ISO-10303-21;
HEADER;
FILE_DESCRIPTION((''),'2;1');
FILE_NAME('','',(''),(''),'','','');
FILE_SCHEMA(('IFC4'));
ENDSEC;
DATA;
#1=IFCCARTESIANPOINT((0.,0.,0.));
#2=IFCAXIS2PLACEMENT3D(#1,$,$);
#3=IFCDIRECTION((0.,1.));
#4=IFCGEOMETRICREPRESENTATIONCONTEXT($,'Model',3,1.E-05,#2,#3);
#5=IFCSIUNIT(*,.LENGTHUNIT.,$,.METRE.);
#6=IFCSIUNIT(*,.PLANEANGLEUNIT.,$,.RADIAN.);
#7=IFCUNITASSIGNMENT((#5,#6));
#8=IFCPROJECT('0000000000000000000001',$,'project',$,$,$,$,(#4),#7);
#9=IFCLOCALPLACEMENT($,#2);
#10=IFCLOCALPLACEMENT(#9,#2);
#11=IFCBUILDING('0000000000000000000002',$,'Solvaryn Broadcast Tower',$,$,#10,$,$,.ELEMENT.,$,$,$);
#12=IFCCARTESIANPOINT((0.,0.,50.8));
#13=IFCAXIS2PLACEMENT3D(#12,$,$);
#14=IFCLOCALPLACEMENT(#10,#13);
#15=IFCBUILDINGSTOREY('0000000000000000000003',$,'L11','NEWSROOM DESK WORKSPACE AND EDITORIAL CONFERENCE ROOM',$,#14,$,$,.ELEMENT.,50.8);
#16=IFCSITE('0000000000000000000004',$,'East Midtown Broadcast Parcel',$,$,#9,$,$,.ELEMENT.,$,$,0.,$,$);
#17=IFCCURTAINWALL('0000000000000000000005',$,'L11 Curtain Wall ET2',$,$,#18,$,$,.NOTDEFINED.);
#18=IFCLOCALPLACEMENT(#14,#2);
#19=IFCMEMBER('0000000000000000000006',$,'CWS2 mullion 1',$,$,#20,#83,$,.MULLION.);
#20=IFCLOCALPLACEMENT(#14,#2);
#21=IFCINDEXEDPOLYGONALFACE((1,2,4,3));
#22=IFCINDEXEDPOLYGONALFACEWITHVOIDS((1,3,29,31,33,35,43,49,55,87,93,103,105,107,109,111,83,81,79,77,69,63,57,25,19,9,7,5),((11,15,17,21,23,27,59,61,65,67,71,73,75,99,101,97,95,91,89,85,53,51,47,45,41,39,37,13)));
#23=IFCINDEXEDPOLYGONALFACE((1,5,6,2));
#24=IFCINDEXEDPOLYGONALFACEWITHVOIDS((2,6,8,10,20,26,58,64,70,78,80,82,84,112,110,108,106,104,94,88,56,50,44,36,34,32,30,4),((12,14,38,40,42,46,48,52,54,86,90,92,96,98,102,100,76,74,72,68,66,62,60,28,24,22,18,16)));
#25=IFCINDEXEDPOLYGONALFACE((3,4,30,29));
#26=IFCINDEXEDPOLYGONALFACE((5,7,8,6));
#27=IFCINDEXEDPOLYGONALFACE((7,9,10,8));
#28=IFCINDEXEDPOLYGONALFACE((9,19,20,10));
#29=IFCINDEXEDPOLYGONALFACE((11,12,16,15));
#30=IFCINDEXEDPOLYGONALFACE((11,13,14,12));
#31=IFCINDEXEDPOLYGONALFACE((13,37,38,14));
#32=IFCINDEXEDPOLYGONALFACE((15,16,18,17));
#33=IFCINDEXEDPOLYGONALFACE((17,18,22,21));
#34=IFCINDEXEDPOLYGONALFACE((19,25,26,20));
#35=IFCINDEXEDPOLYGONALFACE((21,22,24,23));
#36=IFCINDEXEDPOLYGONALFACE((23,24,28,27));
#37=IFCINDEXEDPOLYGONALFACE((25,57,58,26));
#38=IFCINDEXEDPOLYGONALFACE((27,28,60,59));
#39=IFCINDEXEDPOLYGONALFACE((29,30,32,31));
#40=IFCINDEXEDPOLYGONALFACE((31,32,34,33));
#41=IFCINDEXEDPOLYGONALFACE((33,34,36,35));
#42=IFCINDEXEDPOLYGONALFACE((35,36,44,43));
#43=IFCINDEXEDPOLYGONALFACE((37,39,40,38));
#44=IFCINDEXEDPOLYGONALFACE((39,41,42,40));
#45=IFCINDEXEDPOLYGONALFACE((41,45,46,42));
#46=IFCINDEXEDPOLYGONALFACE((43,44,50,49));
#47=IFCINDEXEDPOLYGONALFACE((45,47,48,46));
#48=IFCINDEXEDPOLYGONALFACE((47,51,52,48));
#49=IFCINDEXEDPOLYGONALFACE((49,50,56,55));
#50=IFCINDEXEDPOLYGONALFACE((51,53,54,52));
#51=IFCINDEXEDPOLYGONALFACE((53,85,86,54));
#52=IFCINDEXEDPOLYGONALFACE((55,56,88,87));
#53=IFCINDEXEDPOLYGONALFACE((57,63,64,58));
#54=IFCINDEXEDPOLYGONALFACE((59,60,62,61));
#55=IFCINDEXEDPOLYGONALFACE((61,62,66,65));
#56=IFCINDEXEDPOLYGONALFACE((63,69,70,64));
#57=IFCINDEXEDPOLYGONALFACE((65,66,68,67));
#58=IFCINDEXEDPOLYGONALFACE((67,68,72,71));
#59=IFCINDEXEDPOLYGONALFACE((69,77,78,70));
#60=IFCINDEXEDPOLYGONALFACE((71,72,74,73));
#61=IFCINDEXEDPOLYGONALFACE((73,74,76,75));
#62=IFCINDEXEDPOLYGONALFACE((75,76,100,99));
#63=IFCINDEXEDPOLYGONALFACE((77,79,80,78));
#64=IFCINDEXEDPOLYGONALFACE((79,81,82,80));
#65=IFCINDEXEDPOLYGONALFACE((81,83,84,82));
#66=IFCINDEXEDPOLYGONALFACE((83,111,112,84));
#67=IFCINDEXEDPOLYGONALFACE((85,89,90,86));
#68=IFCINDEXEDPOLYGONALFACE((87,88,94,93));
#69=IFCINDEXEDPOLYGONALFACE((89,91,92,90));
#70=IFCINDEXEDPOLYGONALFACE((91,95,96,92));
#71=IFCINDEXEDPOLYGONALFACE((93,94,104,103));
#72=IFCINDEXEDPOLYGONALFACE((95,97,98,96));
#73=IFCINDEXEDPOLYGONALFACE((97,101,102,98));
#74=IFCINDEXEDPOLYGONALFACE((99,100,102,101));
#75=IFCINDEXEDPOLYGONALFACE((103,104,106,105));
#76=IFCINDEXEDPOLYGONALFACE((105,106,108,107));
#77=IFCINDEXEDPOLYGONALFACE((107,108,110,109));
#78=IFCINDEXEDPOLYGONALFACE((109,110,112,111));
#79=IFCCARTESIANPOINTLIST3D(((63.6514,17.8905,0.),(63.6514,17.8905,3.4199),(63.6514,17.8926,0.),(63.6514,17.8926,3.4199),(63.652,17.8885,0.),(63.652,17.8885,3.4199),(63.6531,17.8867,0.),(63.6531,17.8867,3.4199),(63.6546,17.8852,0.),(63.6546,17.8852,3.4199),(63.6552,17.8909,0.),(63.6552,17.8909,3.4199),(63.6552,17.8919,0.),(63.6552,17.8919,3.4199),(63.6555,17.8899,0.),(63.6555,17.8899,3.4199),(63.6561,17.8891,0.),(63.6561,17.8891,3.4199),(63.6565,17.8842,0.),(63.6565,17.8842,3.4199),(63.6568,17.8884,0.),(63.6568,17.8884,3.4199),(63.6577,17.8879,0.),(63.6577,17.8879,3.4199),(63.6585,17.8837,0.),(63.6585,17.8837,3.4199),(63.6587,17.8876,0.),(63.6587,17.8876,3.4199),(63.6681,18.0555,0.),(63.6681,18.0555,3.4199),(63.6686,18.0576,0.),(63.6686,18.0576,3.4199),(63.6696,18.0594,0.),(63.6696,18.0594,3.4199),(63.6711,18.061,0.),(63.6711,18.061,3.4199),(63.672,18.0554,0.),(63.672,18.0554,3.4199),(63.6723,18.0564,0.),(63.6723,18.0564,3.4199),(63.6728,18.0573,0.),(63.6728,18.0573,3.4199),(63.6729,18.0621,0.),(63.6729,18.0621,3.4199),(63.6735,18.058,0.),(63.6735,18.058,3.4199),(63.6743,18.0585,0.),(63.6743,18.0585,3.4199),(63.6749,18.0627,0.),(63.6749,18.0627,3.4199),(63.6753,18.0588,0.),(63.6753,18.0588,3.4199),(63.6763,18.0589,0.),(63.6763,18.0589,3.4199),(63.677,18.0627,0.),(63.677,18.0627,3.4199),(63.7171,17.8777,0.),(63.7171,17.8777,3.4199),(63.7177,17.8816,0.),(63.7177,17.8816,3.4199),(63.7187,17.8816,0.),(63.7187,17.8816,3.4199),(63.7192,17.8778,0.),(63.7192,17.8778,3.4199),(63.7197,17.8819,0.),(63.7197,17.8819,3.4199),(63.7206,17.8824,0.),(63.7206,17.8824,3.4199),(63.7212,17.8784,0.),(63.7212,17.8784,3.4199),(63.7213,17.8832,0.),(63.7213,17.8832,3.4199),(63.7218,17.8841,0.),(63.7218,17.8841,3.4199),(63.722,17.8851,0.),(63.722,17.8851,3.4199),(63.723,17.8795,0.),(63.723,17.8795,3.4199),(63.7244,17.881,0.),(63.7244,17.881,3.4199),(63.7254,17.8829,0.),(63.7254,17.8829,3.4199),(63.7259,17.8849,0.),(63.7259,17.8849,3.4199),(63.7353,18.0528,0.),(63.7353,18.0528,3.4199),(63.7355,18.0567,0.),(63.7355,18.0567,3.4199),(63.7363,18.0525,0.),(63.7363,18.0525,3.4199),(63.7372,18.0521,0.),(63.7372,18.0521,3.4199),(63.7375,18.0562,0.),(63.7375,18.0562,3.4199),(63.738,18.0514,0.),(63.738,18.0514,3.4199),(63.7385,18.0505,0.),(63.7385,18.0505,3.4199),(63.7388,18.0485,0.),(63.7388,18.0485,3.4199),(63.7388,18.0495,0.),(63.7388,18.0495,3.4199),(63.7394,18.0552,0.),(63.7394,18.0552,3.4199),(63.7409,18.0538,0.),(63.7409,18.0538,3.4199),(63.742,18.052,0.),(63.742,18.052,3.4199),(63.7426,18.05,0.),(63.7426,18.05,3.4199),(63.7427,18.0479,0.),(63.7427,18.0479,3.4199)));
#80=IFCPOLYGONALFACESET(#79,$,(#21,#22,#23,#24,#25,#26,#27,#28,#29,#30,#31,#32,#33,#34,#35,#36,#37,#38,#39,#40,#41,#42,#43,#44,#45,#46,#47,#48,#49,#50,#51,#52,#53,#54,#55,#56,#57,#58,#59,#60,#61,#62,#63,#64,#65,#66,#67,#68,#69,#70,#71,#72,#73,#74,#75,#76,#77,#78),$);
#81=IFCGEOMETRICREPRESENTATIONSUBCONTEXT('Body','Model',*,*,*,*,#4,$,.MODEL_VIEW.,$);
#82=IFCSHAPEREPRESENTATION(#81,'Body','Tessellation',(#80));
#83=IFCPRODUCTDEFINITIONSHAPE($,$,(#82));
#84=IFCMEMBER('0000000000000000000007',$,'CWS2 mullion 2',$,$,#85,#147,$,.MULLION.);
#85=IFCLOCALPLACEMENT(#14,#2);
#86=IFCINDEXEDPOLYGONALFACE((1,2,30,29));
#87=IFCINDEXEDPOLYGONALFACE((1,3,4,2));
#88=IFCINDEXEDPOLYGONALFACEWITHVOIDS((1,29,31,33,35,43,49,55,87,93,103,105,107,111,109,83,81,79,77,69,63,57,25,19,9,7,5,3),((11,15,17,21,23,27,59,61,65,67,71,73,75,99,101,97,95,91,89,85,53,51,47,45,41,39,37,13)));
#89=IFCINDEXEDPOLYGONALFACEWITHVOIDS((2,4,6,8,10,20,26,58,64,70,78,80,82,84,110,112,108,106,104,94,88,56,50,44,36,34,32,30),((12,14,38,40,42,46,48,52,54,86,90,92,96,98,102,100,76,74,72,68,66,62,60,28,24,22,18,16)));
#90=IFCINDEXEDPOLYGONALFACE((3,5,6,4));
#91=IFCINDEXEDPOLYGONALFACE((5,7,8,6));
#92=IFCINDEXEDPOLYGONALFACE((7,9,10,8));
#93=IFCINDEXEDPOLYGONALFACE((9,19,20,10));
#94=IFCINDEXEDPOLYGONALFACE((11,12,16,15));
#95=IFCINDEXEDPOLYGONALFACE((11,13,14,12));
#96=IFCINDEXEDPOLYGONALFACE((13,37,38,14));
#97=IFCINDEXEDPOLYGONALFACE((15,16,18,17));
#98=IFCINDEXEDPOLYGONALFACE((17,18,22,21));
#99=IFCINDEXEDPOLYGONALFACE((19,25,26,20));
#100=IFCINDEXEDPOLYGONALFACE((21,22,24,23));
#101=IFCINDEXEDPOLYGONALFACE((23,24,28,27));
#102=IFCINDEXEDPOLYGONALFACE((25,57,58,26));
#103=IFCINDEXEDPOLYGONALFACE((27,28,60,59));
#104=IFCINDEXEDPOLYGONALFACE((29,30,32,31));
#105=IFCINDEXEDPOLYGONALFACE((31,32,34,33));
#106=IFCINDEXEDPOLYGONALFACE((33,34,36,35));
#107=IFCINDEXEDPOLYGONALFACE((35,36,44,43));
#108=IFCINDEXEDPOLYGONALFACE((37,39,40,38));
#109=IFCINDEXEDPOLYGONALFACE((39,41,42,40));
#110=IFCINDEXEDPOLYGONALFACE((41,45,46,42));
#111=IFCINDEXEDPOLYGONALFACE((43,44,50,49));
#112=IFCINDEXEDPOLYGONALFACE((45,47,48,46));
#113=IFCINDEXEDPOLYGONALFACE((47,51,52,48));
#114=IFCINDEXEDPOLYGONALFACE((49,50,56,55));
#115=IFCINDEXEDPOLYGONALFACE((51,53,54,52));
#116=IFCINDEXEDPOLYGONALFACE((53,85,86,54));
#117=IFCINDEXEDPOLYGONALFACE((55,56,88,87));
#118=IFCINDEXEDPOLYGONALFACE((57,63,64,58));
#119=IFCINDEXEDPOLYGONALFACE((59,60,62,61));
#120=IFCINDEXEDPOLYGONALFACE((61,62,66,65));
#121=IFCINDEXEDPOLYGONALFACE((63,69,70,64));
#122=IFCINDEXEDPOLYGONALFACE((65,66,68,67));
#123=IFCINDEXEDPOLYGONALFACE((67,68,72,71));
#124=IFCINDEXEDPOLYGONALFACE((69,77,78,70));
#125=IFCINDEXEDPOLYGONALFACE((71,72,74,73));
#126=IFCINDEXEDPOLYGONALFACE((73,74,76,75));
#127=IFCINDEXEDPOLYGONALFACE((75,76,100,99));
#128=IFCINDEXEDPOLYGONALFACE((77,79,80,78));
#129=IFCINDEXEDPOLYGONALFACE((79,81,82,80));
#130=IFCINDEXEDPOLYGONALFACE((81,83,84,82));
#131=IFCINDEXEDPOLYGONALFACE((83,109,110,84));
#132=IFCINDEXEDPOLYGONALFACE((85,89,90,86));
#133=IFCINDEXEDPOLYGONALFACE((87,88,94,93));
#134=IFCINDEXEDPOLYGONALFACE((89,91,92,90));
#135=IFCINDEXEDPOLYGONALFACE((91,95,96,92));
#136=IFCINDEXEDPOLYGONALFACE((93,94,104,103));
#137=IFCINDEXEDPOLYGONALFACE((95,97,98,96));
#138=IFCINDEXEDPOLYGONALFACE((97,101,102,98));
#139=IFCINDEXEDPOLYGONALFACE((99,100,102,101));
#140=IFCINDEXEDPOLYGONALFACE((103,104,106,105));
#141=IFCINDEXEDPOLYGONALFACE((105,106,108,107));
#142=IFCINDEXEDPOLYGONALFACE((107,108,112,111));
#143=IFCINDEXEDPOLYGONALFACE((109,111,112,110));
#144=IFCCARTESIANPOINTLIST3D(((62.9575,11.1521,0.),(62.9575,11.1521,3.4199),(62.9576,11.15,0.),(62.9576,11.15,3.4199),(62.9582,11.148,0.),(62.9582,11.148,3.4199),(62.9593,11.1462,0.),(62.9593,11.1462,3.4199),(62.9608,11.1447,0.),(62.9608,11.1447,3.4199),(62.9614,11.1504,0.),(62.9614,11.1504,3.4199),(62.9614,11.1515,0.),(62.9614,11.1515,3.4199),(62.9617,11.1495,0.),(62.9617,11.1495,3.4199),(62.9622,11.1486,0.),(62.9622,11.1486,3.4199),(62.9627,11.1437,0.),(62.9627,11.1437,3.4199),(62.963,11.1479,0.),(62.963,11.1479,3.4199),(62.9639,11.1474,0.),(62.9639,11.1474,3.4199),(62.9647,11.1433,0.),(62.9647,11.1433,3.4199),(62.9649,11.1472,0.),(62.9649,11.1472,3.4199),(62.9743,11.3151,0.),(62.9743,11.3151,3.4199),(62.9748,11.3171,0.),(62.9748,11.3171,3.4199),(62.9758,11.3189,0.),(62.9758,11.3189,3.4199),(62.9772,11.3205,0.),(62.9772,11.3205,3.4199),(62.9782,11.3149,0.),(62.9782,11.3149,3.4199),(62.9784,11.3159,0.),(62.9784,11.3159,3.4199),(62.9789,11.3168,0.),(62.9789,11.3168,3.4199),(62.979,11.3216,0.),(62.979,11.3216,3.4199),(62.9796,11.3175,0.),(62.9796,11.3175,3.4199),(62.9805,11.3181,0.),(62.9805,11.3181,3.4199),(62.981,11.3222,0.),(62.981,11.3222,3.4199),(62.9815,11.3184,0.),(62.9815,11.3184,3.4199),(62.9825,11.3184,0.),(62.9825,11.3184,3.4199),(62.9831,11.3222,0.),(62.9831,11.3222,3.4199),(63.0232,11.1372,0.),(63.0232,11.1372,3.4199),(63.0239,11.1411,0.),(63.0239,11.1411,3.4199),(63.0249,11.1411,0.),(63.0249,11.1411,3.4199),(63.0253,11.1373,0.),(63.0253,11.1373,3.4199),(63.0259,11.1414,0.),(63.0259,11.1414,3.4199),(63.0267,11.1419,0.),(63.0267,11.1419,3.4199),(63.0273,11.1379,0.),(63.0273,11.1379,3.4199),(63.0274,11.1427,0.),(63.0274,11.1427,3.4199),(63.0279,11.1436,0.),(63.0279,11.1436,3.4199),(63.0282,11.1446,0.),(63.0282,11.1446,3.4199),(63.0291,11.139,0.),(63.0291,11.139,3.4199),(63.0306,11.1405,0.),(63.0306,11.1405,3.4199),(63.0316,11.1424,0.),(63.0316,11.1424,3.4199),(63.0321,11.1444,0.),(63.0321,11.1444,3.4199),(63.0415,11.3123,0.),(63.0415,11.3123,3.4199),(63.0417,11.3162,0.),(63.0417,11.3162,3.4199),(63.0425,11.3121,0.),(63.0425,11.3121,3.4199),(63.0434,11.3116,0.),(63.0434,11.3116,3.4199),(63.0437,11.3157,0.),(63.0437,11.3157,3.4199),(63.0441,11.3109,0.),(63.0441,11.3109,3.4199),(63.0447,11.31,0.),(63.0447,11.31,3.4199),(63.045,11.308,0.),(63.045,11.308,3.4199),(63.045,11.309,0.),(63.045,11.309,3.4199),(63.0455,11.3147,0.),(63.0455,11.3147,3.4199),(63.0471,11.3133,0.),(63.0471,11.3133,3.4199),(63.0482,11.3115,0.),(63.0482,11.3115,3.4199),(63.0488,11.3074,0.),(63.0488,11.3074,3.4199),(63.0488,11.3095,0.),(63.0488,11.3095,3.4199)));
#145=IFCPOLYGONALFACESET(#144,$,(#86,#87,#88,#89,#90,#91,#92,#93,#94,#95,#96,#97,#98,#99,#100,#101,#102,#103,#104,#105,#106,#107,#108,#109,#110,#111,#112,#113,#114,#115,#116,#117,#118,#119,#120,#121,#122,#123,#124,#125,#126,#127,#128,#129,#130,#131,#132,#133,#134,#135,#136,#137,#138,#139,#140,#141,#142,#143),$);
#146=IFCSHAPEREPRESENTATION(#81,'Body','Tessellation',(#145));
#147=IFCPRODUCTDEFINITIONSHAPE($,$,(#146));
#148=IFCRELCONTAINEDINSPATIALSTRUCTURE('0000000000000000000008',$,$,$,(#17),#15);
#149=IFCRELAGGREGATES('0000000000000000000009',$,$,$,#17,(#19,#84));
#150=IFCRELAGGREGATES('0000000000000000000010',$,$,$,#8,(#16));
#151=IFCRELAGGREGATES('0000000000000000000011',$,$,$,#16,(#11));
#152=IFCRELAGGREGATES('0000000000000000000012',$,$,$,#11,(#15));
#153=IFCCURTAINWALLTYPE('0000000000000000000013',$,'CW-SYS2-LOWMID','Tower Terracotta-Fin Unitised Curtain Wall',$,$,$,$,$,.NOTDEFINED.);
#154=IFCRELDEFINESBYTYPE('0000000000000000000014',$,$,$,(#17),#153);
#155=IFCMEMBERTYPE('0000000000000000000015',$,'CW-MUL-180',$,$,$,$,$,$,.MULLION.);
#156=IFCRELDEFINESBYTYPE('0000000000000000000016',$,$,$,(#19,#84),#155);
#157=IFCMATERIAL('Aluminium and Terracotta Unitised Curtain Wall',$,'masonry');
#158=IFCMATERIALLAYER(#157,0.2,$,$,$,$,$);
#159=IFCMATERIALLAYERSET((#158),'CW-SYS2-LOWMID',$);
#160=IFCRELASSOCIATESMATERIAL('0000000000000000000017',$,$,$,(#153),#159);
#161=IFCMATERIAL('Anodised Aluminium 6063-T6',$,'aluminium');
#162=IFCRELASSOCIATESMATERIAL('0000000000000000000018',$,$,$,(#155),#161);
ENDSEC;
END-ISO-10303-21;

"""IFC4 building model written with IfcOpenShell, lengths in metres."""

from ifc_helpers import new_model, si_unit, direction, frame, origin, origin_2d, place, context, subcontext, project, spatial, hollow_rectangle, extrude, material, layer, layer_set, material_profile, profile_set, type_object, element, aggregate, save


model = new_model("IFC4")

# Units and contexts
model_context = context("Model", 3, precision=1e-05, world=origin(), true_north=direction((0.0, 1.0)))
body_context = subcontext(model_context, "Body", "Model", "MODEL_VIEW")
ifc_project = project(units=[si_unit("LENGTHUNIT", "METRE"), si_unit("PLANEANGLEUNIT", "RADIAN")], contexts=[model_context])

# Site, building, storey
site_placement = place(None, origin())
site = spatial("IfcSite", under=ifc_project, at=site_placement, Name="East Midtown Broadcast Parcel", CompositionType="ELEMENT", RefElevation=0.0)
building_placement = place(site_placement, origin())
building = spatial("IfcBuilding", under=site, at=building_placement, Name="Solvaryn Broadcast Tower", CompositionType="ELEMENT")
storey_placement = place(building_placement, frame((0.0, 0.0, 50.8)))
storey = spatial("IfcBuildingStorey", under=building, at=storey_placement, Name="L11", Description="NEWSROOM DESK WORKSPACE AND EDITORIAL CONFERENCE ROOM", CompositionType="ELEMENT", Elevation=50.8)

# Shared definitions
ifc_material_1 = material(Name="Aluminium and Terracotta Unitised Curtain Wall", Category="masonry")
ifc_layer_1 = layer(ifc_material_1, 0.2)
ifc_layer_set_1 = layer_set([ifc_layer_1], Name="CW-SYS2-LOWMID")
curtain_wall_type = type_object("IfcCurtainWallType", Name="CW-SYS2-LOWMID", Description="Tower Terracotta-Fin Unitised Curtain Wall", PredefinedType="NOTDEFINED", material=ifc_layer_set_1)
ifc_material_2 = material(Name="Anodised Aluminium 6063-T6", Category="aluminium")
ifc_material_profile_1 = material_profile(ifc_material_2, hollow_rectangle(XDim=0.075, YDim=0.1799, WallThickness=0.0039, InnerFilletRadius=0.0039, OuterFilletRadius=0.0081, at=origin_2d()))
ifc_profile_set_1 = profile_set([ifc_material_profile_1], Name="Anodised Aluminium 6063-T6")
member_type_1 = type_object("IfcMemberType", Name="CW-MUL-180", PredefinedType="MULLION", material=ifc_profile_set_1)

# Curtain wall, members
curtain_wall_1_placement = place(storey_placement, origin())
curtain_wall_1 = element("IfcCurtainWall", 1, at=curtain_wall_1_placement, inside=storey, type_object=curtain_wall_type, Name="L11 Curtain Wall ET2", PredefinedType="NOTDEFINED")
member_1_placement = place(storey_placement, frame((63.697, 17.9702, 0.0), z_axis=(0.0, 0.0, 1.0), x_axis=(0.994743, -0.1024, 0.0)))
member_1 = element("IfcMember", 2, at=member_1_placement, type_object=member_type_1, Name="CWS2 mullion 1", PredefinedType="MULLION", context=body_context, shape_type="SweptSolid", body=[
    extrude(hollow_rectangle(XDim=0.075, YDim=0.1799, WallThickness=0.0039, InnerFilletRadius=0.0039, OuterFilletRadius=0.0081, at=origin_2d()), origin(), (0.0, 0.0, 1.0), 3.4199),
])
member_2_placement = place(storey_placement, frame((63.0032, 11.2297, 0.0), z_axis=(0.0, 0.0, 1.0), x_axis=(0.994743, -0.1024, 0.0)))
member_2 = element("IfcMember", 3, at=member_2_placement, type_object=member_type_1, Name="CWS2 mullion 2", PredefinedType="MULLION", context=body_context, shape_type="SweptSolid", body=[
    extrude(hollow_rectangle(XDim=0.075, YDim=0.1799, WallThickness=0.0039, InnerFilletRadius=0.0039, OuterFilletRadius=0.0081, at=origin_2d()), origin(), (0.0, 0.0, 1.0), 3.4199),
])

aggregate(curtain_wall_1, [member_1, member_2])

save(model, "model.ifc")
